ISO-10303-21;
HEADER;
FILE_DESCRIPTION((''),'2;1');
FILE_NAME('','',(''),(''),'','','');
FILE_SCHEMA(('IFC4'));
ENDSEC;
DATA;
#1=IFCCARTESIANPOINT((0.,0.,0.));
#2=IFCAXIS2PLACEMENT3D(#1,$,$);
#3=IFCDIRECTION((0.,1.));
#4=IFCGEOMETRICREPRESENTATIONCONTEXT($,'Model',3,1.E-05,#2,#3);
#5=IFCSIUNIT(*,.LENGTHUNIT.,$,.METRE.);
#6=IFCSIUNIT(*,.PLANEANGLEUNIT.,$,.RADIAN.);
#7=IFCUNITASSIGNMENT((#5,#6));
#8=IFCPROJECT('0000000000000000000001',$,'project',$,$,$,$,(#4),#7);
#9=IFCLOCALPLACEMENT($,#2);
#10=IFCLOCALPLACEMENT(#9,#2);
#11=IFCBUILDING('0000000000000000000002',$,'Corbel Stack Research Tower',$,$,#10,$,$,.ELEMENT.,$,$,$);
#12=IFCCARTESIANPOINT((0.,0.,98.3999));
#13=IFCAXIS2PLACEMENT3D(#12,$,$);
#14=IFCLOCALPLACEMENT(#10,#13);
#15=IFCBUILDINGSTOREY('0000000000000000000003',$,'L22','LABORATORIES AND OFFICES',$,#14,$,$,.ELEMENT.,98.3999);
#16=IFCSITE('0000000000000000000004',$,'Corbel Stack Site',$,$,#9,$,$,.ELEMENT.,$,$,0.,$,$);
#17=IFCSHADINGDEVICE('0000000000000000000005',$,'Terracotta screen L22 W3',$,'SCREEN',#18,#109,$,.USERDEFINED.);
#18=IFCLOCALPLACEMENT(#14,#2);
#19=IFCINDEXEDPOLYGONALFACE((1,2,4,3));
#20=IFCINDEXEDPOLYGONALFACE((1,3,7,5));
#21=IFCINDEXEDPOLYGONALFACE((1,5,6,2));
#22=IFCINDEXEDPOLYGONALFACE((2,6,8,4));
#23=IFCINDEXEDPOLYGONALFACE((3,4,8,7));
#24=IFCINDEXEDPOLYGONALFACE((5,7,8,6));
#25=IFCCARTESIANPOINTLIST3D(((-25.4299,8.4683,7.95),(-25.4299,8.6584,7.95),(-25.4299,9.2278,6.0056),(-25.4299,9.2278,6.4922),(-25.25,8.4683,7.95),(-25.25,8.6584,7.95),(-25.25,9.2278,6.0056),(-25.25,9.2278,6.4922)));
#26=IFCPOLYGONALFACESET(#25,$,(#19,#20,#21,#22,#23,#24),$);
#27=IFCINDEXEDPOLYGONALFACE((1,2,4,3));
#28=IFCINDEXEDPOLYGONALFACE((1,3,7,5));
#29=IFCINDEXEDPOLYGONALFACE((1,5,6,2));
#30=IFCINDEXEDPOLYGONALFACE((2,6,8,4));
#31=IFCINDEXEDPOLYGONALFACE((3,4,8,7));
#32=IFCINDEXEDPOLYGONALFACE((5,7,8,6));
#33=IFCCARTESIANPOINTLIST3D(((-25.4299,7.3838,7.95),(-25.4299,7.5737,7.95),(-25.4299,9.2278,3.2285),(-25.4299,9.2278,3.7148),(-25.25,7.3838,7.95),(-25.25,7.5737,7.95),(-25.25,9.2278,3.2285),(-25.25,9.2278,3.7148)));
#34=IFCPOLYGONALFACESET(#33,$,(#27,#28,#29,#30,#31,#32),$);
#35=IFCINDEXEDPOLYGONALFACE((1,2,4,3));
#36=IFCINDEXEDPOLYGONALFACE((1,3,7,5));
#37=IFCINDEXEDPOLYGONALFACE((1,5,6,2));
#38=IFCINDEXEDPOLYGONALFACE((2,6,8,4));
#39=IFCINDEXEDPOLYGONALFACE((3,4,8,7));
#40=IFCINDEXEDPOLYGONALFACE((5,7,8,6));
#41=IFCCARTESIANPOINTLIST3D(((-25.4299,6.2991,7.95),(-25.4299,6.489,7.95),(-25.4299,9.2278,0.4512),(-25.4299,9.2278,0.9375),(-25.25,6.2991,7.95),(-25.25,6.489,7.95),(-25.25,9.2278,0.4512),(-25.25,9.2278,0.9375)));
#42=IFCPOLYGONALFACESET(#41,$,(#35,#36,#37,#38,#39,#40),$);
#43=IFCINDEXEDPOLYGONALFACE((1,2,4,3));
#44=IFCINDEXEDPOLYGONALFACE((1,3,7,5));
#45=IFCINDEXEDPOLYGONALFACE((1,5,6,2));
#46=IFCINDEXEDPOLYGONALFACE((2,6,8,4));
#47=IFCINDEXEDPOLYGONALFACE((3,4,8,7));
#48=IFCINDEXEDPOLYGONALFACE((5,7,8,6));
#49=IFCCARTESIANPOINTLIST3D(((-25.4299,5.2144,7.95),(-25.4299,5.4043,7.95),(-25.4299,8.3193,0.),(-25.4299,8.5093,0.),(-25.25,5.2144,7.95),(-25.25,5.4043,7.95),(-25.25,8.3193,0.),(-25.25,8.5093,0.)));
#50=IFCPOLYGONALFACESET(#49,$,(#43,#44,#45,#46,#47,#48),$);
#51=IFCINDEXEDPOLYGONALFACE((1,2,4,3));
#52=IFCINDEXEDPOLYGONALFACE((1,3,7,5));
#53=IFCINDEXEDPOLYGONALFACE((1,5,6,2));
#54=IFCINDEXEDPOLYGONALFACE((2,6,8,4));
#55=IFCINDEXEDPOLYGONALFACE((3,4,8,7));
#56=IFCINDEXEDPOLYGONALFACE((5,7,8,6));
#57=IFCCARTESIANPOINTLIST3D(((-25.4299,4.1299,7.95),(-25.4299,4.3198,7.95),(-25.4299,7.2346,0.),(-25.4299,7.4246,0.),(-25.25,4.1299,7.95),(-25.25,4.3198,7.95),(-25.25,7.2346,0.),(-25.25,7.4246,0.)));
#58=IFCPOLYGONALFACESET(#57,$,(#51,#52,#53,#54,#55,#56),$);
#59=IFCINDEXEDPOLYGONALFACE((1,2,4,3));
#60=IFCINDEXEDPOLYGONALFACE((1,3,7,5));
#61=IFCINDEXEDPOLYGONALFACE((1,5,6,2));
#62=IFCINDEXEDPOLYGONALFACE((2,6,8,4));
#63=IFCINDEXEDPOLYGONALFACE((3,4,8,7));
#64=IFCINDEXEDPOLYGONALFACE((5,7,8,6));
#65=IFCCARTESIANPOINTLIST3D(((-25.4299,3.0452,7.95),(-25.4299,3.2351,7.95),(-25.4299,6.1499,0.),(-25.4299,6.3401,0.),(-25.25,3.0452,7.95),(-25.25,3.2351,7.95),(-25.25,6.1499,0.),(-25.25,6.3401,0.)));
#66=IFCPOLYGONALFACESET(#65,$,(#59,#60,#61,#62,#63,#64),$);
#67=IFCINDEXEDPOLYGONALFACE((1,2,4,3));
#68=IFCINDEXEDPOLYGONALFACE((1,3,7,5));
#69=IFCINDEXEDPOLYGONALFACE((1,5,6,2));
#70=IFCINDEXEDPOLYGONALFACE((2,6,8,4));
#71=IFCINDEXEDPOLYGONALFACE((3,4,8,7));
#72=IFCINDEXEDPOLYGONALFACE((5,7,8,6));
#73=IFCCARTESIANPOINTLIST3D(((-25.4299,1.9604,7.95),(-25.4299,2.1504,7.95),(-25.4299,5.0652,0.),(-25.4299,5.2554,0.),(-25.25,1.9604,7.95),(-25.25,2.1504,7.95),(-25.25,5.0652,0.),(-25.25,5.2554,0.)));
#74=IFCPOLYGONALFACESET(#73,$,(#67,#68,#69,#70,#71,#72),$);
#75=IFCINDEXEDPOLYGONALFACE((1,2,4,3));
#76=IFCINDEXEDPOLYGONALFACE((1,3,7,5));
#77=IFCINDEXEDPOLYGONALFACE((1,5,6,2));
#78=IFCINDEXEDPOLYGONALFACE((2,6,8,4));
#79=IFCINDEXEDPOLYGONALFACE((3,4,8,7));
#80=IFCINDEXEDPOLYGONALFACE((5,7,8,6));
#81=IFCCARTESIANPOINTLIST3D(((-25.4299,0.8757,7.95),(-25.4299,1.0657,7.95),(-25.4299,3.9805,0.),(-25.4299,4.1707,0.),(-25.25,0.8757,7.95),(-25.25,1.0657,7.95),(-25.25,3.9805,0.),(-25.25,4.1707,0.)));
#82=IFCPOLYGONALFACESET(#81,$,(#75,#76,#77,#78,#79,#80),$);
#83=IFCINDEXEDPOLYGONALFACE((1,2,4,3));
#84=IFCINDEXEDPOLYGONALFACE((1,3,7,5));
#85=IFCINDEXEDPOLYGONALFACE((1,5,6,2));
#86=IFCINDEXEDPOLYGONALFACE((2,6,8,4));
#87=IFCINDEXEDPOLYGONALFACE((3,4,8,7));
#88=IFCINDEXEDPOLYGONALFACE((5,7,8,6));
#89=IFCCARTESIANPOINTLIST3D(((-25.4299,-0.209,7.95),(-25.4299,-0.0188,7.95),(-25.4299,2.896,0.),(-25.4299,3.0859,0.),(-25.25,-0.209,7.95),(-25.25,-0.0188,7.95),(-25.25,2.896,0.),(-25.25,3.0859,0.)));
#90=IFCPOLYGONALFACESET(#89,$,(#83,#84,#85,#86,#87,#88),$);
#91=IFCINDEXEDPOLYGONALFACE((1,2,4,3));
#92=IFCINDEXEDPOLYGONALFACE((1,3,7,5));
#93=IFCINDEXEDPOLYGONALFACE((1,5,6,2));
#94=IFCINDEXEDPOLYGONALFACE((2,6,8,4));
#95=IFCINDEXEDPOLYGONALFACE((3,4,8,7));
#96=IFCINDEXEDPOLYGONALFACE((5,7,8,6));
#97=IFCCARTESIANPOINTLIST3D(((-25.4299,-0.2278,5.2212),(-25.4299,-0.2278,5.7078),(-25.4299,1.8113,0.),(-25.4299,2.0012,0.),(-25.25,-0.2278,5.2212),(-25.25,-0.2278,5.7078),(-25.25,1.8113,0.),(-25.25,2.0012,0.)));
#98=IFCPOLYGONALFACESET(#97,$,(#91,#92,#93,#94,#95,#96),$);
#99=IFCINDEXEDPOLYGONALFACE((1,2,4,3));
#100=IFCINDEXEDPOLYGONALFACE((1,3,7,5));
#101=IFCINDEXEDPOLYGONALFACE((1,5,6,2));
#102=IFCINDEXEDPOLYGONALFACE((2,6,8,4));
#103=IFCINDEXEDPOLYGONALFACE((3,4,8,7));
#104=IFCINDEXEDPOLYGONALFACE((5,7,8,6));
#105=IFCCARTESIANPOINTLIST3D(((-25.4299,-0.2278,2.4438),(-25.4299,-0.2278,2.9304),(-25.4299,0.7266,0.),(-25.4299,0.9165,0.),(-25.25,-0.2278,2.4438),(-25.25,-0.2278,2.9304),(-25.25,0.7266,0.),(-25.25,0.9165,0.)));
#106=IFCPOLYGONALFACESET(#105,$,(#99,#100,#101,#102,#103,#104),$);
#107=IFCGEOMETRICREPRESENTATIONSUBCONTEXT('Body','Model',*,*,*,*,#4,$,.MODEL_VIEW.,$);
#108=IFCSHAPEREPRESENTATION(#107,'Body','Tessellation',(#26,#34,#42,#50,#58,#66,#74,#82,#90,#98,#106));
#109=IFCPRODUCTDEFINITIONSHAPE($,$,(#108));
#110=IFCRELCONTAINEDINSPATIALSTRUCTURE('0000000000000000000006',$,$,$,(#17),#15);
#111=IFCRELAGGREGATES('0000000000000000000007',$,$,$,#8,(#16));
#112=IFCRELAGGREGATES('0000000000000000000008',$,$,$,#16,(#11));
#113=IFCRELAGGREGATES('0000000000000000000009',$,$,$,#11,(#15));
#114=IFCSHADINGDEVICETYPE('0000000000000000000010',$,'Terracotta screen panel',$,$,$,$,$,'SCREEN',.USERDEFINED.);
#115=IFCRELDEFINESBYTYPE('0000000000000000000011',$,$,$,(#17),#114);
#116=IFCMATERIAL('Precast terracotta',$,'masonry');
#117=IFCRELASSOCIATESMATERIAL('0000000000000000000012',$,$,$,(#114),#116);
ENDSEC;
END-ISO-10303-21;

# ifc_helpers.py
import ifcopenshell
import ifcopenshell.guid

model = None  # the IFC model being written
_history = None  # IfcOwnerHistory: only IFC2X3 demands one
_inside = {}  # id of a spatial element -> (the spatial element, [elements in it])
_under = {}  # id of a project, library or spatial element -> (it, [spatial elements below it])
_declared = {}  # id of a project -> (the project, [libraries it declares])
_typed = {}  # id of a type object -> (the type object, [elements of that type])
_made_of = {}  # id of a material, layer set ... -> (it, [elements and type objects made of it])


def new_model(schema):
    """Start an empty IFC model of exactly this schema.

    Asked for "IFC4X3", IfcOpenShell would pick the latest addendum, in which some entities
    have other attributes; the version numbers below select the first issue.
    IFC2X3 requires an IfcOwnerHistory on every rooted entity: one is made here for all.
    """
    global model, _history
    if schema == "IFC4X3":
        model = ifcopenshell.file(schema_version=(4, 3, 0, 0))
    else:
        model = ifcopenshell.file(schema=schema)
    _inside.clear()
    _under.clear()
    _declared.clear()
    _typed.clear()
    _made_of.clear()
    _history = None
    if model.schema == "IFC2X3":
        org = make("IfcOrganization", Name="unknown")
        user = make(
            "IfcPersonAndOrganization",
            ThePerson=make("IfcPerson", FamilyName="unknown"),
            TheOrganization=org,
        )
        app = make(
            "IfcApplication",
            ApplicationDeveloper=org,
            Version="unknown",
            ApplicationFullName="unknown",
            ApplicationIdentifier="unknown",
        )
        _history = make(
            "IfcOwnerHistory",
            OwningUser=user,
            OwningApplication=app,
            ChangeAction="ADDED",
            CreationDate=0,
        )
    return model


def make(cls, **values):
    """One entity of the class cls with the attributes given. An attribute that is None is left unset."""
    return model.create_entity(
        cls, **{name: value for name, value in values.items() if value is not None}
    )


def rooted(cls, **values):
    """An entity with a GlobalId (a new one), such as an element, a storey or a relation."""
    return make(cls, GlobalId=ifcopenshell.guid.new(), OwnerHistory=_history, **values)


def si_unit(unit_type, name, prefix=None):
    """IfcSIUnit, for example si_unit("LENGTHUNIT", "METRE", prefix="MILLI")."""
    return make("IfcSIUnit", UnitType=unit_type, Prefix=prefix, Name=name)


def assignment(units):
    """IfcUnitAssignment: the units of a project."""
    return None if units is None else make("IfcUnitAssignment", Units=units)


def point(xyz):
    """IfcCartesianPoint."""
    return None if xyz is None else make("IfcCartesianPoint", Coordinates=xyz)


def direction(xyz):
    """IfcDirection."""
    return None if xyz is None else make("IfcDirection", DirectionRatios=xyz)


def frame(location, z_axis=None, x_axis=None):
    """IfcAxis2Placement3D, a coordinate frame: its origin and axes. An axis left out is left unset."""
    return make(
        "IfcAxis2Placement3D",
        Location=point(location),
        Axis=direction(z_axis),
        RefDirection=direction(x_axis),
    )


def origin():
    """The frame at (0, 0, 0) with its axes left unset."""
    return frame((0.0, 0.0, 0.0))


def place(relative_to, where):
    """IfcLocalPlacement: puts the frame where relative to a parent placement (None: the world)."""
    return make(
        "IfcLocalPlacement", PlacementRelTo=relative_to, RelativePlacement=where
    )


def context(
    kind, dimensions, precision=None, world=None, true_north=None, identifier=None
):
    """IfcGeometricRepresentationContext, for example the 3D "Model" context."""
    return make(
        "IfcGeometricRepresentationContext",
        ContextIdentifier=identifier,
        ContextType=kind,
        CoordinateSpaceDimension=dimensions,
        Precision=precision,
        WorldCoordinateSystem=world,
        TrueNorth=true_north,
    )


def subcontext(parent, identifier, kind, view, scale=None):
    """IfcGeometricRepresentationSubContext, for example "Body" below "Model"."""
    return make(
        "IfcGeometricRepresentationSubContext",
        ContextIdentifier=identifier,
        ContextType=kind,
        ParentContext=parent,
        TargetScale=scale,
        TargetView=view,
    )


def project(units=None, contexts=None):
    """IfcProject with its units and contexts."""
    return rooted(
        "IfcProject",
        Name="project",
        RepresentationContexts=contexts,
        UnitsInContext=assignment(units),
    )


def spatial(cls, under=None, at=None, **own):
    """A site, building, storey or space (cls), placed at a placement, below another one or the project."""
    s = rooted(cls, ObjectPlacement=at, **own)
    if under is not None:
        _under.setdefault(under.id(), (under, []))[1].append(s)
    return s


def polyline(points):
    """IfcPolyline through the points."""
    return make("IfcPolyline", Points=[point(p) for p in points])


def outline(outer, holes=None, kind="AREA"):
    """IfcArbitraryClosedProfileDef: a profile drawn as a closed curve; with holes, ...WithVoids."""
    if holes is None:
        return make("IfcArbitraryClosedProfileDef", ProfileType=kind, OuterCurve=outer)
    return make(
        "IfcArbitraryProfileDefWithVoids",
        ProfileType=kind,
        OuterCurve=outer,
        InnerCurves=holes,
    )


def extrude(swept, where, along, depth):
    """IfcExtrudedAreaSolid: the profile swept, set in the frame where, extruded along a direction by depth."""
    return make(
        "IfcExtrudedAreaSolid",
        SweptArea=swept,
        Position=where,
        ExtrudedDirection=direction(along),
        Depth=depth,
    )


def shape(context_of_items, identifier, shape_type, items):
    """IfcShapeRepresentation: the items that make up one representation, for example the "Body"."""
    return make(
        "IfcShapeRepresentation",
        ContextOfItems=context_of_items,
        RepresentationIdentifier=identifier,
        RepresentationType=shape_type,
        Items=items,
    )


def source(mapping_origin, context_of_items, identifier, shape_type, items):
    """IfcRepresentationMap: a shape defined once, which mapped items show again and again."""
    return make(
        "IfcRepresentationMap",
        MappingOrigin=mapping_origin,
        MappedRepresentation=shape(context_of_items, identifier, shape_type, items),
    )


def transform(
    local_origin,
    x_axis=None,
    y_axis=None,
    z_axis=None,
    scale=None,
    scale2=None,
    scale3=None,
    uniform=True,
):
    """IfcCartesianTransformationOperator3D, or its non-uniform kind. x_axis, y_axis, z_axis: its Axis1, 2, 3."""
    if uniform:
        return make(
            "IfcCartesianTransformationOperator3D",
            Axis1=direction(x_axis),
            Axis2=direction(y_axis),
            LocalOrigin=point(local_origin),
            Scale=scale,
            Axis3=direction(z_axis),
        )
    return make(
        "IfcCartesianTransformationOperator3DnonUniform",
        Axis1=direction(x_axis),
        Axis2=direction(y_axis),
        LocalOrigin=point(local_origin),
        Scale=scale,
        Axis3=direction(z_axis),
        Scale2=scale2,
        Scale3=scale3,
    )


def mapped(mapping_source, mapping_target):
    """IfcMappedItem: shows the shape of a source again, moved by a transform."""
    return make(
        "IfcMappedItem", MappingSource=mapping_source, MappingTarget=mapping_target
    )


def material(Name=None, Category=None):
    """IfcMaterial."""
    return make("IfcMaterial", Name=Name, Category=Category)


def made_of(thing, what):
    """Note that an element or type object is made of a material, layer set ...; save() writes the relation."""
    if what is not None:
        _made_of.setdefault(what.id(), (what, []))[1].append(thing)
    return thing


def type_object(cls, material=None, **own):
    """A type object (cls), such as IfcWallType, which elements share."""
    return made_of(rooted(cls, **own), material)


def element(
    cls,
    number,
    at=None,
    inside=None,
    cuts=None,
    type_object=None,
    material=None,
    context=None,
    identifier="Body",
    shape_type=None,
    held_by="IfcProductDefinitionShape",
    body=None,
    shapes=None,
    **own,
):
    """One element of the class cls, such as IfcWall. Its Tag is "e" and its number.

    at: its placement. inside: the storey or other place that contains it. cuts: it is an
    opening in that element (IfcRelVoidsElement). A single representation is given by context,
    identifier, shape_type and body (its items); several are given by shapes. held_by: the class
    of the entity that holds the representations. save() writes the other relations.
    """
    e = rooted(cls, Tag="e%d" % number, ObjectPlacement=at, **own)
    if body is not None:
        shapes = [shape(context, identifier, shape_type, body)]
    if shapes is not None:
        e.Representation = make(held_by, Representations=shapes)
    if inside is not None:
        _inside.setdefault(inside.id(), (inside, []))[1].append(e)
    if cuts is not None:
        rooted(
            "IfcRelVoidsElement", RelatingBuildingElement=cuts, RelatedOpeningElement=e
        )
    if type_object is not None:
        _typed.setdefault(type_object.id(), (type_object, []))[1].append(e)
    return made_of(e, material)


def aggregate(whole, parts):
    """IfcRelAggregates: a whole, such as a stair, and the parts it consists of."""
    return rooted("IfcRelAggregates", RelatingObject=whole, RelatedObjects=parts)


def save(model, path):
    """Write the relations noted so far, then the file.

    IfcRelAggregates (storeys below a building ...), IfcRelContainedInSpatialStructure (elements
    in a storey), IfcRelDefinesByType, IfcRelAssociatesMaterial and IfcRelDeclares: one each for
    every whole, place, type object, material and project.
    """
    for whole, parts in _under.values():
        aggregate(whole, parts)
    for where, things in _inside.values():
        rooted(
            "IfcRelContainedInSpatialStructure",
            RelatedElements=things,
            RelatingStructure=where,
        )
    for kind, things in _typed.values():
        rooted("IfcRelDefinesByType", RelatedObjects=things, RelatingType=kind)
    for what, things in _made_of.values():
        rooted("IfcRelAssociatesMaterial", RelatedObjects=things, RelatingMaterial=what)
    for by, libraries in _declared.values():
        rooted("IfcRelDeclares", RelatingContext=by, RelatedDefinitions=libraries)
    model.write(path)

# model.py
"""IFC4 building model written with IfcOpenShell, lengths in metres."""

from ifc_helpers import new_model, si_unit, direction, frame, origin, place, context, subcontext, project, spatial, polyline, outline, extrude, source, transform, mapped, material, type_object, element, save


model = new_model("IFC4")

# Units and contexts
model_context = context("Model", 3, precision=1e-05, world=origin(), true_north=direction((0.0, 1.0)))
body_context = subcontext(model_context, "Body", "Model", "MODEL_VIEW")
ifc_project = project(units=[si_unit("LENGTHUNIT", "METRE"), si_unit("PLANEANGLEUNIT", "RADIAN")], contexts=[model_context])

# Site, building, storey
site_placement = place(None, origin())
site = spatial("IfcSite", under=ifc_project, at=site_placement, Name="Corbel Stack Site", CompositionType="ELEMENT", RefElevation=0.0)
building_placement = place(site_placement, origin())
building = spatial("IfcBuilding", under=site, at=building_placement, Name="Corbel Stack Research Tower", CompositionType="ELEMENT")
storey_placement = place(building_placement, frame((0.0, 0.0, 98.3999)))
storey = spatial("IfcBuildingStorey", under=building, at=storey_placement, Name="L22", Description="LABORATORIES AND OFFICES", CompositionType="ELEMENT", Elevation=98.3999)

# Shading device
ifc_material_1 = material(Name="Precast terracotta", Category="masonry")
shading_device_type = type_object("IfcShadingDeviceType", Name="Terracotta screen panel", ElementType="SCREEN", PredefinedType="USERDEFINED", material=ifc_material_1)
shared_shape = source(origin(), body_context, "Body", "SweptSolid", [
    extrude(outline(polyline([(0.7595, 7.95), (0.5693, 7.95), (0.0, 6.4922), (0.0, 6.0056), (0.7595, 7.95)])), frame((0.0, 0.0, 0.0), z_axis=(0.0, -1.0, 0.0), x_axis=(1.0, 0.0, 0.0)), (0.0, 0.0, 1.0), 0.1799),
    extrude(outline(polyline([(1.844, 7.95), (1.6541, 7.95), (0.0, 3.7148), (0.0, 3.2285), (1.844, 7.95)])), frame((0.0, 0.0, 0.0), z_axis=(0.0, -1.0, 0.0), x_axis=(1.0, 0.0, 0.0)), (0.0, 0.0, 1.0), 0.1799),
    extrude(outline(polyline([(2.9287, 7.95), (2.7388, 7.95), (0.0, 0.9375), (0.0, 0.4512), (2.9287, 7.95)])), frame((0.0, 0.0, 0.0), z_axis=(0.0, -1.0, 0.0), x_axis=(1.0, 0.0, 0.0)), (0.0, 0.0, 1.0), 0.1799),
    extrude(outline(polyline([(0.9084, 0.0), (4.0134, 7.95), (3.8235, 7.95), (0.7185, 0.0), (0.9084, 0.0)])), frame((0.0, 0.0, 0.0), z_axis=(0.0, -1.0, 0.0), x_axis=(1.0, 0.0, 0.0)), (0.0, 0.0, 1.0), 0.1799),
    extrude(outline(polyline([(1.9932, 0.0), (5.0979, 7.95), (4.908, 7.95), (1.8032, 0.0), (1.9932, 0.0)])), frame((0.0, 0.0, 0.0), z_axis=(0.0, -1.0, 0.0), x_axis=(1.0, 0.0, 0.0)), (0.0, 0.0, 1.0), 0.1799),
    extrude(outline(polyline([(3.0779, 0.0), (6.1826, 7.95), (5.9927, 7.95), (2.8877, 0.0), (3.0779, 0.0)])), frame((0.0, 0.0, 0.0), z_axis=(0.0, -1.0, 0.0), x_axis=(1.0, 0.0, 0.0)), (0.0, 0.0, 1.0), 0.1799),
    extrude(outline(polyline([(4.1626, 0.0), (7.2673, 7.95), (7.0774, 7.95), (3.9724, 0.0), (4.1626, 0.0)])), frame((0.0, 0.0, 0.0), z_axis=(0.0, -1.0, 0.0), x_axis=(1.0, 0.0, 0.0)), (0.0, 0.0, 1.0), 0.1799),
    extrude(outline(polyline([(5.2473, 0.0), (8.3521, 7.95), (8.1621, 7.95), (5.0571, 0.0), (5.2473, 0.0)])), frame((0.0, 0.0, 0.0), z_axis=(0.0, -1.0, 0.0), x_axis=(1.0, 0.0, 0.0)), (0.0, 0.0, 1.0), 0.1799),
    extrude(outline(polyline([(6.3318, 0.0), (9.4368, 7.95), (9.2466, 7.95), (6.1418, 0.0), (6.3318, 0.0)])), frame((0.0, 0.0, 0.0), z_axis=(0.0, -1.0, 0.0), x_axis=(1.0, 0.0, 0.0)), (0.0, 0.0, 1.0), 0.1799),
    extrude(outline(polyline([(7.4165, 0.0), (9.4556, 5.2212), (9.4556, 5.7078), (7.2266, 0.0), (7.4165, 0.0)])), frame((0.0, 0.0, 0.0), z_axis=(0.0, -1.0, 0.0), x_axis=(1.0, 0.0, 0.0)), (0.0, 0.0, 1.0), 0.1799),
    extrude(outline(polyline([(8.5012, 0.0), (9.4556, 2.4438), (9.4556, 2.9304), (8.3113, 0.0), (8.5012, 0.0)])), frame((0.0, 0.0, 0.0), z_axis=(0.0, -1.0, 0.0), x_axis=(1.0, 0.0, 0.0)), (0.0, 0.0, 1.0), 0.1799),
])
shading_device_placement = place(storey_placement, frame((-25.25, 9.2278, 0.0), z_axis=(0.0, 0.0, 1.0), x_axis=(0.0, -1.0, 0.0)))
element("IfcShadingDevice", 1, at=shading_device_placement, inside=storey, type_object=shading_device_type, Name="Terracotta screen L22 W3", ObjectType="SCREEN", PredefinedType="USERDEFINED", context=body_context, shape_type="MappedRepresentation", body=[
    mapped(shared_shape, transform((0.0, 0.0, 0.0))),
])

save(model, "model.ifc")
